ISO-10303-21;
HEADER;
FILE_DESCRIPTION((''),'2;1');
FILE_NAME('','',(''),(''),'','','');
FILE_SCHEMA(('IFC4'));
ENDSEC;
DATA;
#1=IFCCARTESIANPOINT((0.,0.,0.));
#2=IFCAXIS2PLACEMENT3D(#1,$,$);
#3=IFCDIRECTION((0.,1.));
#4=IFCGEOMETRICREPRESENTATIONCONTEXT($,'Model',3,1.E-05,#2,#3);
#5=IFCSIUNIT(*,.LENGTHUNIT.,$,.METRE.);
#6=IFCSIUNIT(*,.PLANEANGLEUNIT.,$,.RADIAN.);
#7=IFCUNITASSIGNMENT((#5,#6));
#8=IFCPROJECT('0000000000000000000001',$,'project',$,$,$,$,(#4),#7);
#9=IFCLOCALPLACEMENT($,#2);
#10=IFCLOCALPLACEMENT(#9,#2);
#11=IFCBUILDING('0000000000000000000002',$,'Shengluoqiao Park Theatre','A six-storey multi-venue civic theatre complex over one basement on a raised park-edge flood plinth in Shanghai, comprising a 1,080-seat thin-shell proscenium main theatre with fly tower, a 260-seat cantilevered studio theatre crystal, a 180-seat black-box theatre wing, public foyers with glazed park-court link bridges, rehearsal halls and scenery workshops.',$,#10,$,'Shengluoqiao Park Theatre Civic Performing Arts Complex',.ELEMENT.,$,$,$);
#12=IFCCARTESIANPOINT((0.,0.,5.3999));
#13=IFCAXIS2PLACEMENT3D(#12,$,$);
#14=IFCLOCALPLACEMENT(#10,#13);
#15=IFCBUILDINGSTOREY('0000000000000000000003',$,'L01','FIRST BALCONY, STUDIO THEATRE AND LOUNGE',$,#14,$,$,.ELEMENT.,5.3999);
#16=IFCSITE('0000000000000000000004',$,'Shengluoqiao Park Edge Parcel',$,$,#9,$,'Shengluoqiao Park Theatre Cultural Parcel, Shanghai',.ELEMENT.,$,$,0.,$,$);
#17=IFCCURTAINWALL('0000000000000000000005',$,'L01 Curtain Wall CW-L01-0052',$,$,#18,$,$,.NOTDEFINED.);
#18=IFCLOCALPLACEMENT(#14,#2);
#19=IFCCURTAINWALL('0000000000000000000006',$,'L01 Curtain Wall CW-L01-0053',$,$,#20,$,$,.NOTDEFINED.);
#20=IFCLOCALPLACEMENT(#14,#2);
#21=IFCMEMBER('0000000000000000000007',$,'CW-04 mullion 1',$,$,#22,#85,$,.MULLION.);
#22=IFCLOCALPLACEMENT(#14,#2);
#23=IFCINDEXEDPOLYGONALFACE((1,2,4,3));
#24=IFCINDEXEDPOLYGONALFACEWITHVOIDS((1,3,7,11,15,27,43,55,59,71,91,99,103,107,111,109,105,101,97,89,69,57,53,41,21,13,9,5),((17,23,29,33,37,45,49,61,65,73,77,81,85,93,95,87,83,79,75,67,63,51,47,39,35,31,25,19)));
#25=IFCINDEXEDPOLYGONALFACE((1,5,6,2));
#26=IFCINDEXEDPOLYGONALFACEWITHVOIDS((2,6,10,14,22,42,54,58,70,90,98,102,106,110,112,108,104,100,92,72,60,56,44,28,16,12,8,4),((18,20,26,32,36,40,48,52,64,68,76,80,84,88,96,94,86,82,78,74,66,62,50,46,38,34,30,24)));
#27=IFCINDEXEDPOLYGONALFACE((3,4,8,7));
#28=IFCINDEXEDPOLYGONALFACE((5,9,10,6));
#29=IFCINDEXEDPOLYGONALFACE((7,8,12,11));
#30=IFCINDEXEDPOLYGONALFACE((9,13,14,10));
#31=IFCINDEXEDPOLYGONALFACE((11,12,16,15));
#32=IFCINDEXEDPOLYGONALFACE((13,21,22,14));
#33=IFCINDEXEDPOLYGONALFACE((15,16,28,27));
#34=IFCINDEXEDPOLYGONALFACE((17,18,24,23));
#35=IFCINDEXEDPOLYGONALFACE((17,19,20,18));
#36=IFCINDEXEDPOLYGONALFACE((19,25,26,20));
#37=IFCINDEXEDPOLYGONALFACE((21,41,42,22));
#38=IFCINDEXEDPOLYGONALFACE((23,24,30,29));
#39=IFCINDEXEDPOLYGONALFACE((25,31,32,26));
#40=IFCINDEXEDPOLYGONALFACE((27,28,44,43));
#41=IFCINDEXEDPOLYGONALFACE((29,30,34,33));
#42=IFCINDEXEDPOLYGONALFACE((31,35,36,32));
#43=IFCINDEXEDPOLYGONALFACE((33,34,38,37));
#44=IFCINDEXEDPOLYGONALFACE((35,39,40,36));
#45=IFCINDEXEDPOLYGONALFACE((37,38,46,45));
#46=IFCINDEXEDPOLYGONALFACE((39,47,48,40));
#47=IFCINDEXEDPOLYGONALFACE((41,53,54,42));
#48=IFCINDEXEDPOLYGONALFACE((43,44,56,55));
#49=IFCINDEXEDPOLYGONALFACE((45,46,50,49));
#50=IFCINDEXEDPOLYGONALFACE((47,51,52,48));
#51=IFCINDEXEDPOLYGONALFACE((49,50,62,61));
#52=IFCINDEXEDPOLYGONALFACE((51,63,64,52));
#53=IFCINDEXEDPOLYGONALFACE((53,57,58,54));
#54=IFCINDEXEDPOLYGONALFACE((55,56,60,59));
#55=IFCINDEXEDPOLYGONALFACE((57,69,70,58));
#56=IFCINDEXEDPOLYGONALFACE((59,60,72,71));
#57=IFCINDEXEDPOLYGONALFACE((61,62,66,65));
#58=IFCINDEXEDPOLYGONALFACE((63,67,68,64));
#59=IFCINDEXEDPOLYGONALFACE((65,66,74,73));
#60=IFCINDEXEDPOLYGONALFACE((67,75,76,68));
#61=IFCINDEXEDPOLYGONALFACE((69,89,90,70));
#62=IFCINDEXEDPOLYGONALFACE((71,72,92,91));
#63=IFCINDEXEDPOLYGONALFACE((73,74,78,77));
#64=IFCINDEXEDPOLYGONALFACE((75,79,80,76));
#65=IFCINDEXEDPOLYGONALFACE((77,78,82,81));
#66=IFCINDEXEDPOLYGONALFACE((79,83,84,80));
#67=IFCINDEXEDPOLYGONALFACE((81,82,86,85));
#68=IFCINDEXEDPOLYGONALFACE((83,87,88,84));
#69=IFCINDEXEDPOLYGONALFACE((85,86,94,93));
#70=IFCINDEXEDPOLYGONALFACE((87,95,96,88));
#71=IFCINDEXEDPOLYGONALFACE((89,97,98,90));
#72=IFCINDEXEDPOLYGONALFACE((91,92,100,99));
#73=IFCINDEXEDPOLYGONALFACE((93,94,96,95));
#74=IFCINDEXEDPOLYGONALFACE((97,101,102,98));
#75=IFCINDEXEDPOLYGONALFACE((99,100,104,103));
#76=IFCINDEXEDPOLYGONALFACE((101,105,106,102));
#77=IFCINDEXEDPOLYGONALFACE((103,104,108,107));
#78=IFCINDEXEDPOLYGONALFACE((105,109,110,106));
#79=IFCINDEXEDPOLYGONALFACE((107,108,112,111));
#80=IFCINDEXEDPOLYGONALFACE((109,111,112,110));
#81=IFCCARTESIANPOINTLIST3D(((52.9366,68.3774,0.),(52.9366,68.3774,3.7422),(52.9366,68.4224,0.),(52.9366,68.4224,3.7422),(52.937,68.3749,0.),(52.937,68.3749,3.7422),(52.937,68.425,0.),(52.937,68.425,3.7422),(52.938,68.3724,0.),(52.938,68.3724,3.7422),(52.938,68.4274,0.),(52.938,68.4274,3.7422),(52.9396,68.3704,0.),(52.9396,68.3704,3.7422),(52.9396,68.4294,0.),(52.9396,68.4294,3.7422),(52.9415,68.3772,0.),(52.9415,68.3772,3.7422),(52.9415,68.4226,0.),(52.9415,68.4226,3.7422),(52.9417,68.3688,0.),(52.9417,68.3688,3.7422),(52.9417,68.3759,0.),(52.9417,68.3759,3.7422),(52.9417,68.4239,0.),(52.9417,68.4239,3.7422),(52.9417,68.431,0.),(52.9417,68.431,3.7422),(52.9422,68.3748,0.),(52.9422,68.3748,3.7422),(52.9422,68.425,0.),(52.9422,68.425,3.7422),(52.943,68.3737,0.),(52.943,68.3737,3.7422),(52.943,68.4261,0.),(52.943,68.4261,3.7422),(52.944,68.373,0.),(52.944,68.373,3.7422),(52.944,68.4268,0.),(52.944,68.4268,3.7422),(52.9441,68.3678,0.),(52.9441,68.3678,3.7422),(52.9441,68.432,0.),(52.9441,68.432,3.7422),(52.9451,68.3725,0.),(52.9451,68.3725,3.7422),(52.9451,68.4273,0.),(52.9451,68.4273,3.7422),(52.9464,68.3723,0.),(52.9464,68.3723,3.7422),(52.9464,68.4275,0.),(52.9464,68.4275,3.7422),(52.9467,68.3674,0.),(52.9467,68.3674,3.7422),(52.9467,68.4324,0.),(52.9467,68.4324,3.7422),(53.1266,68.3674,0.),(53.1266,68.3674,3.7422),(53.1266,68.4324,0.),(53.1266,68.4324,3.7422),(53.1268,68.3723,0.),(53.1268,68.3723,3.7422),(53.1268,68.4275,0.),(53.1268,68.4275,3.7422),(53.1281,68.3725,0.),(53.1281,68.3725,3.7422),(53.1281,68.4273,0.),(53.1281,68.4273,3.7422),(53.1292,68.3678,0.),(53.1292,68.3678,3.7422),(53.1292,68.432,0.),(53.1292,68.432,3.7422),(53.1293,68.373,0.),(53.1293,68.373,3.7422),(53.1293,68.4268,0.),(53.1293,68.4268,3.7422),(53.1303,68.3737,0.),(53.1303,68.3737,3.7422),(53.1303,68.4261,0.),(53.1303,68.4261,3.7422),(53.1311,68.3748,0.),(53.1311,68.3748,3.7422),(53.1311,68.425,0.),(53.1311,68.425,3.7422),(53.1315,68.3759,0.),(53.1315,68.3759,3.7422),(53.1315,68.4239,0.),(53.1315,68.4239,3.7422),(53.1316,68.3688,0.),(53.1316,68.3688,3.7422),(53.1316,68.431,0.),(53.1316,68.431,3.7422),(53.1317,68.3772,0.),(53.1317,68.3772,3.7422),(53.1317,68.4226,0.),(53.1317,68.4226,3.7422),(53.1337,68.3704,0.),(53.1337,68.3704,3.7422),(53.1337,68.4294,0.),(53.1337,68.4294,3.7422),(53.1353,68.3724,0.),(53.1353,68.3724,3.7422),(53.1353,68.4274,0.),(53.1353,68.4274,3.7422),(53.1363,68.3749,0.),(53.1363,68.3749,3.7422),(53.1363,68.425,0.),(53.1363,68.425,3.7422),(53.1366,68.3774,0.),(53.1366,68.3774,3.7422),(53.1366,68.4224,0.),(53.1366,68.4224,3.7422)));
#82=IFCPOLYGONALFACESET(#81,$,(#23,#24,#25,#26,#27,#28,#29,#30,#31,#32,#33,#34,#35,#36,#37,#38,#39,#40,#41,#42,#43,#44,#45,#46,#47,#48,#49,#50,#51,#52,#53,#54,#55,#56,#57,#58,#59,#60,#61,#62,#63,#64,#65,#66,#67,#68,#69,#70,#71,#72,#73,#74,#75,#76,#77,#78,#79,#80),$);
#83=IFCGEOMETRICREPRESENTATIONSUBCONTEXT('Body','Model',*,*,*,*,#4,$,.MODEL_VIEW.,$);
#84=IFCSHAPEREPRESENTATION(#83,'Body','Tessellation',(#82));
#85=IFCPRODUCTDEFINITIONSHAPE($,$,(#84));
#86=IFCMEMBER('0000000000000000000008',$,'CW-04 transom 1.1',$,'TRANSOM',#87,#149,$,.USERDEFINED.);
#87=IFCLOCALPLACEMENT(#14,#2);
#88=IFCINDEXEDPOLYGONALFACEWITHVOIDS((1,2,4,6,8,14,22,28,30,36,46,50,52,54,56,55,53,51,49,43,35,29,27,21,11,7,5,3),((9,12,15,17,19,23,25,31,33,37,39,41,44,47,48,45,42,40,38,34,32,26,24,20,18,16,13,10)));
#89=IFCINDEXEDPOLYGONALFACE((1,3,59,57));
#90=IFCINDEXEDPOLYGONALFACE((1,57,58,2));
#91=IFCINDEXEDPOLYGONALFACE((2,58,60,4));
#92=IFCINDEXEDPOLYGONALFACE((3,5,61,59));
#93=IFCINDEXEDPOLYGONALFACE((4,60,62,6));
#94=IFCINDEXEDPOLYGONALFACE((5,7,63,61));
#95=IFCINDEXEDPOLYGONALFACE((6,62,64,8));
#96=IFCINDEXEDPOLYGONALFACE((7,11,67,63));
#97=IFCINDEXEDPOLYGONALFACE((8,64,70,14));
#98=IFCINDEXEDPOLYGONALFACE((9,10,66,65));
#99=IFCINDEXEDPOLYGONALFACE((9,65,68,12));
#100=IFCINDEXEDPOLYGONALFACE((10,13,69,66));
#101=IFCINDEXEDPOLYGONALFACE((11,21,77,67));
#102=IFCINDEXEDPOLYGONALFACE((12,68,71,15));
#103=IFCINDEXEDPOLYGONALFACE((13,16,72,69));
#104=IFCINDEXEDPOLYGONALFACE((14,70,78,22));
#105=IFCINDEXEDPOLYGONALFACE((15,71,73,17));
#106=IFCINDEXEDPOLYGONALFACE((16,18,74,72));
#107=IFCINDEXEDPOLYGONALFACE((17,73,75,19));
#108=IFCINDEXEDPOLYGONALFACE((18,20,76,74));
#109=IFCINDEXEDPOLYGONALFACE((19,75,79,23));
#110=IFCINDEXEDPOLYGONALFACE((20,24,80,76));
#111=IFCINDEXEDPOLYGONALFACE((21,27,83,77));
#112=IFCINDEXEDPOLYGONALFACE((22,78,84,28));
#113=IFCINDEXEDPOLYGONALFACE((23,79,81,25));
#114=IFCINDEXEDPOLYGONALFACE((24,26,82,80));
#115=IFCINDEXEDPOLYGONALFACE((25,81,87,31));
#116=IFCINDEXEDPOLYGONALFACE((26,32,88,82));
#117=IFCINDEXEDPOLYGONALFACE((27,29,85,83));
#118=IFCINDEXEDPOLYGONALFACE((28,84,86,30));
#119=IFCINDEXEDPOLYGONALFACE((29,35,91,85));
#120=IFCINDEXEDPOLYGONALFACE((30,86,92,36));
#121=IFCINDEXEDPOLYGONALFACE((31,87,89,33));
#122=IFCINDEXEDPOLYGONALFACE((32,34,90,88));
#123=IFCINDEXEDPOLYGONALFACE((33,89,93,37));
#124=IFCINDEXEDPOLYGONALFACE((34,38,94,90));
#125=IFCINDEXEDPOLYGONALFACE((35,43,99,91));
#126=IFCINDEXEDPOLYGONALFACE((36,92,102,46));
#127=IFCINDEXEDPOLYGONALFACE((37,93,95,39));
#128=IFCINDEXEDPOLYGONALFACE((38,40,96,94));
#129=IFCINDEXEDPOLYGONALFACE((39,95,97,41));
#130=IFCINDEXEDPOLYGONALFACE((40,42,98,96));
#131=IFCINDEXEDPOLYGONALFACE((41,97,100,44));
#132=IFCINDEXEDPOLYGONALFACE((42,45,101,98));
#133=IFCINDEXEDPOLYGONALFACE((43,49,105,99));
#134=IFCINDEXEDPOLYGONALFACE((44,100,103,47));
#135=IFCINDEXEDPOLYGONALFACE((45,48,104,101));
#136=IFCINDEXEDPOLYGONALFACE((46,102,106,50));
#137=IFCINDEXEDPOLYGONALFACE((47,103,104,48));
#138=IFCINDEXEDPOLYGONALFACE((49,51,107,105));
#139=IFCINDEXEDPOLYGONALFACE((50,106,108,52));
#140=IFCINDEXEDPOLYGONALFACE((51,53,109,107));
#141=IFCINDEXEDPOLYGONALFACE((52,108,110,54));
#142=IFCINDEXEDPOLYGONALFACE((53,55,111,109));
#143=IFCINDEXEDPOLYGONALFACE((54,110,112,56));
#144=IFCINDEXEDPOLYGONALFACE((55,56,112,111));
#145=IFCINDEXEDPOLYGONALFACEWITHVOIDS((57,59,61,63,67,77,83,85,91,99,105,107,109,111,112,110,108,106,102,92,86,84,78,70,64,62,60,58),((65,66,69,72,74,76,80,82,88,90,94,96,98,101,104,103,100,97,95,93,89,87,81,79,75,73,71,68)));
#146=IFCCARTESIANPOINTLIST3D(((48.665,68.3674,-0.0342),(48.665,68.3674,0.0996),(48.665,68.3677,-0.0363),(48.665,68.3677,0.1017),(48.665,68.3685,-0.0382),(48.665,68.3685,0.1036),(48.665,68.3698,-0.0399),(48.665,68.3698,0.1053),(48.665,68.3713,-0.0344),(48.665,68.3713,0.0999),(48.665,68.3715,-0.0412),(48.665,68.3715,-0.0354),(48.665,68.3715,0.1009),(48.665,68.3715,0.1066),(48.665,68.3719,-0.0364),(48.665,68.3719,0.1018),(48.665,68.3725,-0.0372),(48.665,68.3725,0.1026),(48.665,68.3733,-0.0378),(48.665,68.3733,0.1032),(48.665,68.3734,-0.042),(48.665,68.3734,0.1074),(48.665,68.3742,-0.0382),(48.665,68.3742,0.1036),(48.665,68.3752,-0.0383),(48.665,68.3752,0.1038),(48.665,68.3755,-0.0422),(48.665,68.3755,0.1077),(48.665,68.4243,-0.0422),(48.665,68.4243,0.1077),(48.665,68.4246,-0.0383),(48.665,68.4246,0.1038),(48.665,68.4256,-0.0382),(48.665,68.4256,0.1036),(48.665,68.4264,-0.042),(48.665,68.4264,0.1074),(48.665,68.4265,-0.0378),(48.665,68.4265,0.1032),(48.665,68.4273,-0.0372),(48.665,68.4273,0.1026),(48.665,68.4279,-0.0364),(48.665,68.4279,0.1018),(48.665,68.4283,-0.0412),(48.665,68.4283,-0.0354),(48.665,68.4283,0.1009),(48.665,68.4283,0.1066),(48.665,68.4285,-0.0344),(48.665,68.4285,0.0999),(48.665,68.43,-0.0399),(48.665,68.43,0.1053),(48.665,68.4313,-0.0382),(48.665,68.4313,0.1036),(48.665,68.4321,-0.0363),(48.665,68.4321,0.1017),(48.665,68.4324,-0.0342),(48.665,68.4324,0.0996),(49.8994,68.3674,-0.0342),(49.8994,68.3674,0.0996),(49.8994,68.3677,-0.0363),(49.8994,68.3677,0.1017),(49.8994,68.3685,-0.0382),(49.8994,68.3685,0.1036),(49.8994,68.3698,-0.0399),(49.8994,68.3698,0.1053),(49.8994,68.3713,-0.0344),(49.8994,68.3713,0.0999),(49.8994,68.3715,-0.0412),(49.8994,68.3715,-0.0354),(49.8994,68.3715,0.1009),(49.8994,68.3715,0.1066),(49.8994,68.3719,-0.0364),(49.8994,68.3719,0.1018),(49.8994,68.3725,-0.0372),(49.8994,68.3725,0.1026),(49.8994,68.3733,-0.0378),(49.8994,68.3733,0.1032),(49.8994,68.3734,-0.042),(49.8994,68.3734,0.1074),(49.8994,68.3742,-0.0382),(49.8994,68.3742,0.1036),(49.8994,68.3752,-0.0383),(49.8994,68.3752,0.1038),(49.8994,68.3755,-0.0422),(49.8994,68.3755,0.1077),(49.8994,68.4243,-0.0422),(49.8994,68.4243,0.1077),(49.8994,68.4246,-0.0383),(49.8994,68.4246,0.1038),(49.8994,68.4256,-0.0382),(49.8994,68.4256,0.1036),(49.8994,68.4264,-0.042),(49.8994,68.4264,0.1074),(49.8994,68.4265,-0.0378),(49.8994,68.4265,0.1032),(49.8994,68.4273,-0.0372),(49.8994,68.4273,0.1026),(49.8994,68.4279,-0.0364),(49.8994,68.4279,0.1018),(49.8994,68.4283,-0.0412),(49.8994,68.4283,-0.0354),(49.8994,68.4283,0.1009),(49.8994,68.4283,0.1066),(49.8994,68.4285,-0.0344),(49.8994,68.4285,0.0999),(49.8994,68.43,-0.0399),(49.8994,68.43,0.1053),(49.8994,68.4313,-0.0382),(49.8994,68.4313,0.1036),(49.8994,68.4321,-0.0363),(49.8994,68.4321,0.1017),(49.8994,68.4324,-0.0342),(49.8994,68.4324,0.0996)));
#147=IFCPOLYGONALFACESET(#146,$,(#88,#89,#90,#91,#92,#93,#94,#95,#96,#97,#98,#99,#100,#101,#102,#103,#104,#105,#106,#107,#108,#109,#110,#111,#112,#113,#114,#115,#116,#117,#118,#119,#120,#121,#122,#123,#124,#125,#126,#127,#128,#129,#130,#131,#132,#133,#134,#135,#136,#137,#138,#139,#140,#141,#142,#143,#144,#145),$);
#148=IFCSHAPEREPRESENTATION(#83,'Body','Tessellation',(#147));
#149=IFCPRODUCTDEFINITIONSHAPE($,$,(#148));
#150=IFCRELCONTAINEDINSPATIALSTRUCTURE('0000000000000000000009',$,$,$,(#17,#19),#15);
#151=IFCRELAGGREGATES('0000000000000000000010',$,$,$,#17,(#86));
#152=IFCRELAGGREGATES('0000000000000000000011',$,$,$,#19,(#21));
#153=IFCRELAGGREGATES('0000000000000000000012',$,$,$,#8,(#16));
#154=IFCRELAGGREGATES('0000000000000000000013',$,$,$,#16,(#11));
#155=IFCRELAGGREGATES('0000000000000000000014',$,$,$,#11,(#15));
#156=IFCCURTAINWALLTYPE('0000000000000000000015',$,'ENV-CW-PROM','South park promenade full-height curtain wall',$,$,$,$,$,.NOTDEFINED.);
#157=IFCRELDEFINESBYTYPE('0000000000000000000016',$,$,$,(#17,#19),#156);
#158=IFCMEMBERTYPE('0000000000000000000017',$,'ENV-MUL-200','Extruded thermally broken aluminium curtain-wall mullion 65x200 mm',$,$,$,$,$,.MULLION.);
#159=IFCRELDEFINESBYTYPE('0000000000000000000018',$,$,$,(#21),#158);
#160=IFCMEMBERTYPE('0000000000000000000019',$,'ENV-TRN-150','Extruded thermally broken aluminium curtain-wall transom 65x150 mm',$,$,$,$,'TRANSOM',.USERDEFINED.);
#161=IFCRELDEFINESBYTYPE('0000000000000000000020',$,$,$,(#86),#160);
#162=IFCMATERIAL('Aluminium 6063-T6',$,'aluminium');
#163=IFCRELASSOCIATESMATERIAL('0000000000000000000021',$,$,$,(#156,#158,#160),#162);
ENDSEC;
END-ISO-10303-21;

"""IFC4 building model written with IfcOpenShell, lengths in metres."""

from ifc_helpers import new_model, si_unit, direction, frame, origin, origin_2d, place, context, subcontext, project, spatial, hollow_rectangle, extrude, material, material_profile, profile_set, type_object, element, aggregate, save


model = new_model("IFC4")

# Units and contexts
model_context = context("Model", 3, precision=1e-05, world=origin(), true_north=direction((0.0, 1.0)))
body_context = subcontext(model_context, "Body", "Model", "MODEL_VIEW")
ifc_project = project(units=[si_unit("LENGTHUNIT", "METRE"), si_unit("PLANEANGLEUNIT", "RADIAN")], contexts=[model_context])

# Site, building, storey
site_placement = place(None, origin())
site = spatial("IfcSite", under=ifc_project, at=site_placement, Name="Shengluoqiao Park Edge Parcel", LongName="Shengluoqiao Park Theatre Cultural Parcel, Shanghai", CompositionType="ELEMENT", RefElevation=0.0)
building_placement = place(site_placement, origin())
building = spatial("IfcBuilding", under=site, at=building_placement, Name="Shengluoqiao Park Theatre", Description="A six-storey multi-venue civic theatre complex over one basement on a raised park-edge flood plinth in Shanghai, comprising a 1,080-seat thin-shell proscenium main theatre with fly tower, a 260-seat cantilevered studio theatre crystal, a 180-seat black-box theatre wing, public foyers with glazed park-court link bridges, rehearsal halls and scenery workshops.", LongName="Shengluoqiao Park Theatre Civic Performing Arts Complex", CompositionType="ELEMENT")
storey_placement = place(building_placement, frame((0.0, 0.0, 5.3999)))
storey = spatial("IfcBuildingStorey", under=building, at=storey_placement, Name="L01", Description="FIRST BALCONY, STUDIO THEATRE AND LOUNGE", CompositionType="ELEMENT", Elevation=5.3999)

# Curtain wall
ifc_material_1 = material(Name="Aluminium 6063-T6", Category="aluminium")
curtain_wall_type = type_object("IfcCurtainWallType", Name="ENV-CW-PROM", Description="South park promenade full-height curtain wall", PredefinedType="NOTDEFINED", material=ifc_material_1)
curtain_wall_1_placement = place(storey_placement, origin())
curtain_wall_1 = element("IfcCurtainWall", 1, at=curtain_wall_1_placement, inside=storey, type_object=curtain_wall_type, Name="L01 Curtain Wall CW-L01-0052", PredefinedType="NOTDEFINED")
ifc_material_profile_1 = material_profile(ifc_material_1, hollow_rectangle(XDim=0.0649, YDim=0.2, WallThickness=0.0049, InnerFilletRadius=0.0049, OuterFilletRadius=0.01, at=origin_2d()), Name="ALU MULLION 200x65x5")
ifc_profile_set_1 = profile_set([ifc_material_profile_1], Name="Aluminium 6063-T6")
member_type_1 = type_object("IfcMemberType", Name="ENV-MUL-200", Description="Extruded thermally broken aluminium curtain-wall mullion 65x200 mm", PredefinedType="MULLION", material=ifc_profile_set_1)

# Curtain wall, member
curtain_wall_2_placement = place(storey_placement, origin())
curtain_wall_2 = element("IfcCurtainWall", 2, at=curtain_wall_2_placement, inside=storey, type_object=curtain_wall_type, Name="L01 Curtain Wall CW-L01-0053", PredefinedType="NOTDEFINED")
member_1_placement = place(storey_placement, frame((53.0366, 68.3999, 0.0), z_axis=(0.0, 0.0, 1.0), x_axis=(0.0, 1.0, 0.0)))
member_1 = element("IfcMember", 3, at=member_1_placement, type_object=member_type_1, Name="CW-04 mullion 1", PredefinedType="MULLION", context=body_context, shape_type="SweptSolid", body=[
    extrude(hollow_rectangle(XDim=0.0649, YDim=0.2, WallThickness=0.0049, InnerFilletRadius=0.0049, OuterFilletRadius=0.01, at=origin_2d()), origin(), (0.0, 0.0, 1.0), 3.7422),
])

# Member
ifc_material_profile_2 = material_profile(ifc_material_1, hollow_rectangle(XDim=0.0649, YDim=0.1499, WallThickness=0.0039, InnerFilletRadius=0.0039, OuterFilletRadius=0.0081, at=origin_2d()), Name="ALU TRANSOM 150x65x4")
ifc_profile_set_2 = profile_set([ifc_material_profile_2], Name="Aluminium 6063-T6")
member_type_2 = type_object("IfcMemberType", Name="ENV-TRN-150", Description="Extruded thermally broken aluminium curtain-wall transom 65x150 mm", ElementType="TRANSOM", PredefinedType="USERDEFINED", material=ifc_profile_set_2)
member_2_placement = place(storey_placement, frame((48.665, 68.3999, 0.0327), z_axis=(1.0, 0.0, 0.0), x_axis=(0.0, 1.0, 0.0)))
member_2 = element("IfcMember", 4, at=member_2_placement, type_object=member_type_2, Name="CW-04 transom 1.1", ObjectType="TRANSOM", PredefinedType="USERDEFINED", context=body_context, shape_type="SweptSolid", body=[
    extrude(hollow_rectangle(XDim=0.0649, YDim=0.1499, WallThickness=0.0039, InnerFilletRadius=0.0039, OuterFilletRadius=0.0081, at=origin_2d()), origin(), (0.0, 0.0, 1.0), 1.2344),
])

aggregate(curtain_wall_1, [member_2])
aggregate(curtain_wall_2, [member_1])

save(model, "model.ifc")
